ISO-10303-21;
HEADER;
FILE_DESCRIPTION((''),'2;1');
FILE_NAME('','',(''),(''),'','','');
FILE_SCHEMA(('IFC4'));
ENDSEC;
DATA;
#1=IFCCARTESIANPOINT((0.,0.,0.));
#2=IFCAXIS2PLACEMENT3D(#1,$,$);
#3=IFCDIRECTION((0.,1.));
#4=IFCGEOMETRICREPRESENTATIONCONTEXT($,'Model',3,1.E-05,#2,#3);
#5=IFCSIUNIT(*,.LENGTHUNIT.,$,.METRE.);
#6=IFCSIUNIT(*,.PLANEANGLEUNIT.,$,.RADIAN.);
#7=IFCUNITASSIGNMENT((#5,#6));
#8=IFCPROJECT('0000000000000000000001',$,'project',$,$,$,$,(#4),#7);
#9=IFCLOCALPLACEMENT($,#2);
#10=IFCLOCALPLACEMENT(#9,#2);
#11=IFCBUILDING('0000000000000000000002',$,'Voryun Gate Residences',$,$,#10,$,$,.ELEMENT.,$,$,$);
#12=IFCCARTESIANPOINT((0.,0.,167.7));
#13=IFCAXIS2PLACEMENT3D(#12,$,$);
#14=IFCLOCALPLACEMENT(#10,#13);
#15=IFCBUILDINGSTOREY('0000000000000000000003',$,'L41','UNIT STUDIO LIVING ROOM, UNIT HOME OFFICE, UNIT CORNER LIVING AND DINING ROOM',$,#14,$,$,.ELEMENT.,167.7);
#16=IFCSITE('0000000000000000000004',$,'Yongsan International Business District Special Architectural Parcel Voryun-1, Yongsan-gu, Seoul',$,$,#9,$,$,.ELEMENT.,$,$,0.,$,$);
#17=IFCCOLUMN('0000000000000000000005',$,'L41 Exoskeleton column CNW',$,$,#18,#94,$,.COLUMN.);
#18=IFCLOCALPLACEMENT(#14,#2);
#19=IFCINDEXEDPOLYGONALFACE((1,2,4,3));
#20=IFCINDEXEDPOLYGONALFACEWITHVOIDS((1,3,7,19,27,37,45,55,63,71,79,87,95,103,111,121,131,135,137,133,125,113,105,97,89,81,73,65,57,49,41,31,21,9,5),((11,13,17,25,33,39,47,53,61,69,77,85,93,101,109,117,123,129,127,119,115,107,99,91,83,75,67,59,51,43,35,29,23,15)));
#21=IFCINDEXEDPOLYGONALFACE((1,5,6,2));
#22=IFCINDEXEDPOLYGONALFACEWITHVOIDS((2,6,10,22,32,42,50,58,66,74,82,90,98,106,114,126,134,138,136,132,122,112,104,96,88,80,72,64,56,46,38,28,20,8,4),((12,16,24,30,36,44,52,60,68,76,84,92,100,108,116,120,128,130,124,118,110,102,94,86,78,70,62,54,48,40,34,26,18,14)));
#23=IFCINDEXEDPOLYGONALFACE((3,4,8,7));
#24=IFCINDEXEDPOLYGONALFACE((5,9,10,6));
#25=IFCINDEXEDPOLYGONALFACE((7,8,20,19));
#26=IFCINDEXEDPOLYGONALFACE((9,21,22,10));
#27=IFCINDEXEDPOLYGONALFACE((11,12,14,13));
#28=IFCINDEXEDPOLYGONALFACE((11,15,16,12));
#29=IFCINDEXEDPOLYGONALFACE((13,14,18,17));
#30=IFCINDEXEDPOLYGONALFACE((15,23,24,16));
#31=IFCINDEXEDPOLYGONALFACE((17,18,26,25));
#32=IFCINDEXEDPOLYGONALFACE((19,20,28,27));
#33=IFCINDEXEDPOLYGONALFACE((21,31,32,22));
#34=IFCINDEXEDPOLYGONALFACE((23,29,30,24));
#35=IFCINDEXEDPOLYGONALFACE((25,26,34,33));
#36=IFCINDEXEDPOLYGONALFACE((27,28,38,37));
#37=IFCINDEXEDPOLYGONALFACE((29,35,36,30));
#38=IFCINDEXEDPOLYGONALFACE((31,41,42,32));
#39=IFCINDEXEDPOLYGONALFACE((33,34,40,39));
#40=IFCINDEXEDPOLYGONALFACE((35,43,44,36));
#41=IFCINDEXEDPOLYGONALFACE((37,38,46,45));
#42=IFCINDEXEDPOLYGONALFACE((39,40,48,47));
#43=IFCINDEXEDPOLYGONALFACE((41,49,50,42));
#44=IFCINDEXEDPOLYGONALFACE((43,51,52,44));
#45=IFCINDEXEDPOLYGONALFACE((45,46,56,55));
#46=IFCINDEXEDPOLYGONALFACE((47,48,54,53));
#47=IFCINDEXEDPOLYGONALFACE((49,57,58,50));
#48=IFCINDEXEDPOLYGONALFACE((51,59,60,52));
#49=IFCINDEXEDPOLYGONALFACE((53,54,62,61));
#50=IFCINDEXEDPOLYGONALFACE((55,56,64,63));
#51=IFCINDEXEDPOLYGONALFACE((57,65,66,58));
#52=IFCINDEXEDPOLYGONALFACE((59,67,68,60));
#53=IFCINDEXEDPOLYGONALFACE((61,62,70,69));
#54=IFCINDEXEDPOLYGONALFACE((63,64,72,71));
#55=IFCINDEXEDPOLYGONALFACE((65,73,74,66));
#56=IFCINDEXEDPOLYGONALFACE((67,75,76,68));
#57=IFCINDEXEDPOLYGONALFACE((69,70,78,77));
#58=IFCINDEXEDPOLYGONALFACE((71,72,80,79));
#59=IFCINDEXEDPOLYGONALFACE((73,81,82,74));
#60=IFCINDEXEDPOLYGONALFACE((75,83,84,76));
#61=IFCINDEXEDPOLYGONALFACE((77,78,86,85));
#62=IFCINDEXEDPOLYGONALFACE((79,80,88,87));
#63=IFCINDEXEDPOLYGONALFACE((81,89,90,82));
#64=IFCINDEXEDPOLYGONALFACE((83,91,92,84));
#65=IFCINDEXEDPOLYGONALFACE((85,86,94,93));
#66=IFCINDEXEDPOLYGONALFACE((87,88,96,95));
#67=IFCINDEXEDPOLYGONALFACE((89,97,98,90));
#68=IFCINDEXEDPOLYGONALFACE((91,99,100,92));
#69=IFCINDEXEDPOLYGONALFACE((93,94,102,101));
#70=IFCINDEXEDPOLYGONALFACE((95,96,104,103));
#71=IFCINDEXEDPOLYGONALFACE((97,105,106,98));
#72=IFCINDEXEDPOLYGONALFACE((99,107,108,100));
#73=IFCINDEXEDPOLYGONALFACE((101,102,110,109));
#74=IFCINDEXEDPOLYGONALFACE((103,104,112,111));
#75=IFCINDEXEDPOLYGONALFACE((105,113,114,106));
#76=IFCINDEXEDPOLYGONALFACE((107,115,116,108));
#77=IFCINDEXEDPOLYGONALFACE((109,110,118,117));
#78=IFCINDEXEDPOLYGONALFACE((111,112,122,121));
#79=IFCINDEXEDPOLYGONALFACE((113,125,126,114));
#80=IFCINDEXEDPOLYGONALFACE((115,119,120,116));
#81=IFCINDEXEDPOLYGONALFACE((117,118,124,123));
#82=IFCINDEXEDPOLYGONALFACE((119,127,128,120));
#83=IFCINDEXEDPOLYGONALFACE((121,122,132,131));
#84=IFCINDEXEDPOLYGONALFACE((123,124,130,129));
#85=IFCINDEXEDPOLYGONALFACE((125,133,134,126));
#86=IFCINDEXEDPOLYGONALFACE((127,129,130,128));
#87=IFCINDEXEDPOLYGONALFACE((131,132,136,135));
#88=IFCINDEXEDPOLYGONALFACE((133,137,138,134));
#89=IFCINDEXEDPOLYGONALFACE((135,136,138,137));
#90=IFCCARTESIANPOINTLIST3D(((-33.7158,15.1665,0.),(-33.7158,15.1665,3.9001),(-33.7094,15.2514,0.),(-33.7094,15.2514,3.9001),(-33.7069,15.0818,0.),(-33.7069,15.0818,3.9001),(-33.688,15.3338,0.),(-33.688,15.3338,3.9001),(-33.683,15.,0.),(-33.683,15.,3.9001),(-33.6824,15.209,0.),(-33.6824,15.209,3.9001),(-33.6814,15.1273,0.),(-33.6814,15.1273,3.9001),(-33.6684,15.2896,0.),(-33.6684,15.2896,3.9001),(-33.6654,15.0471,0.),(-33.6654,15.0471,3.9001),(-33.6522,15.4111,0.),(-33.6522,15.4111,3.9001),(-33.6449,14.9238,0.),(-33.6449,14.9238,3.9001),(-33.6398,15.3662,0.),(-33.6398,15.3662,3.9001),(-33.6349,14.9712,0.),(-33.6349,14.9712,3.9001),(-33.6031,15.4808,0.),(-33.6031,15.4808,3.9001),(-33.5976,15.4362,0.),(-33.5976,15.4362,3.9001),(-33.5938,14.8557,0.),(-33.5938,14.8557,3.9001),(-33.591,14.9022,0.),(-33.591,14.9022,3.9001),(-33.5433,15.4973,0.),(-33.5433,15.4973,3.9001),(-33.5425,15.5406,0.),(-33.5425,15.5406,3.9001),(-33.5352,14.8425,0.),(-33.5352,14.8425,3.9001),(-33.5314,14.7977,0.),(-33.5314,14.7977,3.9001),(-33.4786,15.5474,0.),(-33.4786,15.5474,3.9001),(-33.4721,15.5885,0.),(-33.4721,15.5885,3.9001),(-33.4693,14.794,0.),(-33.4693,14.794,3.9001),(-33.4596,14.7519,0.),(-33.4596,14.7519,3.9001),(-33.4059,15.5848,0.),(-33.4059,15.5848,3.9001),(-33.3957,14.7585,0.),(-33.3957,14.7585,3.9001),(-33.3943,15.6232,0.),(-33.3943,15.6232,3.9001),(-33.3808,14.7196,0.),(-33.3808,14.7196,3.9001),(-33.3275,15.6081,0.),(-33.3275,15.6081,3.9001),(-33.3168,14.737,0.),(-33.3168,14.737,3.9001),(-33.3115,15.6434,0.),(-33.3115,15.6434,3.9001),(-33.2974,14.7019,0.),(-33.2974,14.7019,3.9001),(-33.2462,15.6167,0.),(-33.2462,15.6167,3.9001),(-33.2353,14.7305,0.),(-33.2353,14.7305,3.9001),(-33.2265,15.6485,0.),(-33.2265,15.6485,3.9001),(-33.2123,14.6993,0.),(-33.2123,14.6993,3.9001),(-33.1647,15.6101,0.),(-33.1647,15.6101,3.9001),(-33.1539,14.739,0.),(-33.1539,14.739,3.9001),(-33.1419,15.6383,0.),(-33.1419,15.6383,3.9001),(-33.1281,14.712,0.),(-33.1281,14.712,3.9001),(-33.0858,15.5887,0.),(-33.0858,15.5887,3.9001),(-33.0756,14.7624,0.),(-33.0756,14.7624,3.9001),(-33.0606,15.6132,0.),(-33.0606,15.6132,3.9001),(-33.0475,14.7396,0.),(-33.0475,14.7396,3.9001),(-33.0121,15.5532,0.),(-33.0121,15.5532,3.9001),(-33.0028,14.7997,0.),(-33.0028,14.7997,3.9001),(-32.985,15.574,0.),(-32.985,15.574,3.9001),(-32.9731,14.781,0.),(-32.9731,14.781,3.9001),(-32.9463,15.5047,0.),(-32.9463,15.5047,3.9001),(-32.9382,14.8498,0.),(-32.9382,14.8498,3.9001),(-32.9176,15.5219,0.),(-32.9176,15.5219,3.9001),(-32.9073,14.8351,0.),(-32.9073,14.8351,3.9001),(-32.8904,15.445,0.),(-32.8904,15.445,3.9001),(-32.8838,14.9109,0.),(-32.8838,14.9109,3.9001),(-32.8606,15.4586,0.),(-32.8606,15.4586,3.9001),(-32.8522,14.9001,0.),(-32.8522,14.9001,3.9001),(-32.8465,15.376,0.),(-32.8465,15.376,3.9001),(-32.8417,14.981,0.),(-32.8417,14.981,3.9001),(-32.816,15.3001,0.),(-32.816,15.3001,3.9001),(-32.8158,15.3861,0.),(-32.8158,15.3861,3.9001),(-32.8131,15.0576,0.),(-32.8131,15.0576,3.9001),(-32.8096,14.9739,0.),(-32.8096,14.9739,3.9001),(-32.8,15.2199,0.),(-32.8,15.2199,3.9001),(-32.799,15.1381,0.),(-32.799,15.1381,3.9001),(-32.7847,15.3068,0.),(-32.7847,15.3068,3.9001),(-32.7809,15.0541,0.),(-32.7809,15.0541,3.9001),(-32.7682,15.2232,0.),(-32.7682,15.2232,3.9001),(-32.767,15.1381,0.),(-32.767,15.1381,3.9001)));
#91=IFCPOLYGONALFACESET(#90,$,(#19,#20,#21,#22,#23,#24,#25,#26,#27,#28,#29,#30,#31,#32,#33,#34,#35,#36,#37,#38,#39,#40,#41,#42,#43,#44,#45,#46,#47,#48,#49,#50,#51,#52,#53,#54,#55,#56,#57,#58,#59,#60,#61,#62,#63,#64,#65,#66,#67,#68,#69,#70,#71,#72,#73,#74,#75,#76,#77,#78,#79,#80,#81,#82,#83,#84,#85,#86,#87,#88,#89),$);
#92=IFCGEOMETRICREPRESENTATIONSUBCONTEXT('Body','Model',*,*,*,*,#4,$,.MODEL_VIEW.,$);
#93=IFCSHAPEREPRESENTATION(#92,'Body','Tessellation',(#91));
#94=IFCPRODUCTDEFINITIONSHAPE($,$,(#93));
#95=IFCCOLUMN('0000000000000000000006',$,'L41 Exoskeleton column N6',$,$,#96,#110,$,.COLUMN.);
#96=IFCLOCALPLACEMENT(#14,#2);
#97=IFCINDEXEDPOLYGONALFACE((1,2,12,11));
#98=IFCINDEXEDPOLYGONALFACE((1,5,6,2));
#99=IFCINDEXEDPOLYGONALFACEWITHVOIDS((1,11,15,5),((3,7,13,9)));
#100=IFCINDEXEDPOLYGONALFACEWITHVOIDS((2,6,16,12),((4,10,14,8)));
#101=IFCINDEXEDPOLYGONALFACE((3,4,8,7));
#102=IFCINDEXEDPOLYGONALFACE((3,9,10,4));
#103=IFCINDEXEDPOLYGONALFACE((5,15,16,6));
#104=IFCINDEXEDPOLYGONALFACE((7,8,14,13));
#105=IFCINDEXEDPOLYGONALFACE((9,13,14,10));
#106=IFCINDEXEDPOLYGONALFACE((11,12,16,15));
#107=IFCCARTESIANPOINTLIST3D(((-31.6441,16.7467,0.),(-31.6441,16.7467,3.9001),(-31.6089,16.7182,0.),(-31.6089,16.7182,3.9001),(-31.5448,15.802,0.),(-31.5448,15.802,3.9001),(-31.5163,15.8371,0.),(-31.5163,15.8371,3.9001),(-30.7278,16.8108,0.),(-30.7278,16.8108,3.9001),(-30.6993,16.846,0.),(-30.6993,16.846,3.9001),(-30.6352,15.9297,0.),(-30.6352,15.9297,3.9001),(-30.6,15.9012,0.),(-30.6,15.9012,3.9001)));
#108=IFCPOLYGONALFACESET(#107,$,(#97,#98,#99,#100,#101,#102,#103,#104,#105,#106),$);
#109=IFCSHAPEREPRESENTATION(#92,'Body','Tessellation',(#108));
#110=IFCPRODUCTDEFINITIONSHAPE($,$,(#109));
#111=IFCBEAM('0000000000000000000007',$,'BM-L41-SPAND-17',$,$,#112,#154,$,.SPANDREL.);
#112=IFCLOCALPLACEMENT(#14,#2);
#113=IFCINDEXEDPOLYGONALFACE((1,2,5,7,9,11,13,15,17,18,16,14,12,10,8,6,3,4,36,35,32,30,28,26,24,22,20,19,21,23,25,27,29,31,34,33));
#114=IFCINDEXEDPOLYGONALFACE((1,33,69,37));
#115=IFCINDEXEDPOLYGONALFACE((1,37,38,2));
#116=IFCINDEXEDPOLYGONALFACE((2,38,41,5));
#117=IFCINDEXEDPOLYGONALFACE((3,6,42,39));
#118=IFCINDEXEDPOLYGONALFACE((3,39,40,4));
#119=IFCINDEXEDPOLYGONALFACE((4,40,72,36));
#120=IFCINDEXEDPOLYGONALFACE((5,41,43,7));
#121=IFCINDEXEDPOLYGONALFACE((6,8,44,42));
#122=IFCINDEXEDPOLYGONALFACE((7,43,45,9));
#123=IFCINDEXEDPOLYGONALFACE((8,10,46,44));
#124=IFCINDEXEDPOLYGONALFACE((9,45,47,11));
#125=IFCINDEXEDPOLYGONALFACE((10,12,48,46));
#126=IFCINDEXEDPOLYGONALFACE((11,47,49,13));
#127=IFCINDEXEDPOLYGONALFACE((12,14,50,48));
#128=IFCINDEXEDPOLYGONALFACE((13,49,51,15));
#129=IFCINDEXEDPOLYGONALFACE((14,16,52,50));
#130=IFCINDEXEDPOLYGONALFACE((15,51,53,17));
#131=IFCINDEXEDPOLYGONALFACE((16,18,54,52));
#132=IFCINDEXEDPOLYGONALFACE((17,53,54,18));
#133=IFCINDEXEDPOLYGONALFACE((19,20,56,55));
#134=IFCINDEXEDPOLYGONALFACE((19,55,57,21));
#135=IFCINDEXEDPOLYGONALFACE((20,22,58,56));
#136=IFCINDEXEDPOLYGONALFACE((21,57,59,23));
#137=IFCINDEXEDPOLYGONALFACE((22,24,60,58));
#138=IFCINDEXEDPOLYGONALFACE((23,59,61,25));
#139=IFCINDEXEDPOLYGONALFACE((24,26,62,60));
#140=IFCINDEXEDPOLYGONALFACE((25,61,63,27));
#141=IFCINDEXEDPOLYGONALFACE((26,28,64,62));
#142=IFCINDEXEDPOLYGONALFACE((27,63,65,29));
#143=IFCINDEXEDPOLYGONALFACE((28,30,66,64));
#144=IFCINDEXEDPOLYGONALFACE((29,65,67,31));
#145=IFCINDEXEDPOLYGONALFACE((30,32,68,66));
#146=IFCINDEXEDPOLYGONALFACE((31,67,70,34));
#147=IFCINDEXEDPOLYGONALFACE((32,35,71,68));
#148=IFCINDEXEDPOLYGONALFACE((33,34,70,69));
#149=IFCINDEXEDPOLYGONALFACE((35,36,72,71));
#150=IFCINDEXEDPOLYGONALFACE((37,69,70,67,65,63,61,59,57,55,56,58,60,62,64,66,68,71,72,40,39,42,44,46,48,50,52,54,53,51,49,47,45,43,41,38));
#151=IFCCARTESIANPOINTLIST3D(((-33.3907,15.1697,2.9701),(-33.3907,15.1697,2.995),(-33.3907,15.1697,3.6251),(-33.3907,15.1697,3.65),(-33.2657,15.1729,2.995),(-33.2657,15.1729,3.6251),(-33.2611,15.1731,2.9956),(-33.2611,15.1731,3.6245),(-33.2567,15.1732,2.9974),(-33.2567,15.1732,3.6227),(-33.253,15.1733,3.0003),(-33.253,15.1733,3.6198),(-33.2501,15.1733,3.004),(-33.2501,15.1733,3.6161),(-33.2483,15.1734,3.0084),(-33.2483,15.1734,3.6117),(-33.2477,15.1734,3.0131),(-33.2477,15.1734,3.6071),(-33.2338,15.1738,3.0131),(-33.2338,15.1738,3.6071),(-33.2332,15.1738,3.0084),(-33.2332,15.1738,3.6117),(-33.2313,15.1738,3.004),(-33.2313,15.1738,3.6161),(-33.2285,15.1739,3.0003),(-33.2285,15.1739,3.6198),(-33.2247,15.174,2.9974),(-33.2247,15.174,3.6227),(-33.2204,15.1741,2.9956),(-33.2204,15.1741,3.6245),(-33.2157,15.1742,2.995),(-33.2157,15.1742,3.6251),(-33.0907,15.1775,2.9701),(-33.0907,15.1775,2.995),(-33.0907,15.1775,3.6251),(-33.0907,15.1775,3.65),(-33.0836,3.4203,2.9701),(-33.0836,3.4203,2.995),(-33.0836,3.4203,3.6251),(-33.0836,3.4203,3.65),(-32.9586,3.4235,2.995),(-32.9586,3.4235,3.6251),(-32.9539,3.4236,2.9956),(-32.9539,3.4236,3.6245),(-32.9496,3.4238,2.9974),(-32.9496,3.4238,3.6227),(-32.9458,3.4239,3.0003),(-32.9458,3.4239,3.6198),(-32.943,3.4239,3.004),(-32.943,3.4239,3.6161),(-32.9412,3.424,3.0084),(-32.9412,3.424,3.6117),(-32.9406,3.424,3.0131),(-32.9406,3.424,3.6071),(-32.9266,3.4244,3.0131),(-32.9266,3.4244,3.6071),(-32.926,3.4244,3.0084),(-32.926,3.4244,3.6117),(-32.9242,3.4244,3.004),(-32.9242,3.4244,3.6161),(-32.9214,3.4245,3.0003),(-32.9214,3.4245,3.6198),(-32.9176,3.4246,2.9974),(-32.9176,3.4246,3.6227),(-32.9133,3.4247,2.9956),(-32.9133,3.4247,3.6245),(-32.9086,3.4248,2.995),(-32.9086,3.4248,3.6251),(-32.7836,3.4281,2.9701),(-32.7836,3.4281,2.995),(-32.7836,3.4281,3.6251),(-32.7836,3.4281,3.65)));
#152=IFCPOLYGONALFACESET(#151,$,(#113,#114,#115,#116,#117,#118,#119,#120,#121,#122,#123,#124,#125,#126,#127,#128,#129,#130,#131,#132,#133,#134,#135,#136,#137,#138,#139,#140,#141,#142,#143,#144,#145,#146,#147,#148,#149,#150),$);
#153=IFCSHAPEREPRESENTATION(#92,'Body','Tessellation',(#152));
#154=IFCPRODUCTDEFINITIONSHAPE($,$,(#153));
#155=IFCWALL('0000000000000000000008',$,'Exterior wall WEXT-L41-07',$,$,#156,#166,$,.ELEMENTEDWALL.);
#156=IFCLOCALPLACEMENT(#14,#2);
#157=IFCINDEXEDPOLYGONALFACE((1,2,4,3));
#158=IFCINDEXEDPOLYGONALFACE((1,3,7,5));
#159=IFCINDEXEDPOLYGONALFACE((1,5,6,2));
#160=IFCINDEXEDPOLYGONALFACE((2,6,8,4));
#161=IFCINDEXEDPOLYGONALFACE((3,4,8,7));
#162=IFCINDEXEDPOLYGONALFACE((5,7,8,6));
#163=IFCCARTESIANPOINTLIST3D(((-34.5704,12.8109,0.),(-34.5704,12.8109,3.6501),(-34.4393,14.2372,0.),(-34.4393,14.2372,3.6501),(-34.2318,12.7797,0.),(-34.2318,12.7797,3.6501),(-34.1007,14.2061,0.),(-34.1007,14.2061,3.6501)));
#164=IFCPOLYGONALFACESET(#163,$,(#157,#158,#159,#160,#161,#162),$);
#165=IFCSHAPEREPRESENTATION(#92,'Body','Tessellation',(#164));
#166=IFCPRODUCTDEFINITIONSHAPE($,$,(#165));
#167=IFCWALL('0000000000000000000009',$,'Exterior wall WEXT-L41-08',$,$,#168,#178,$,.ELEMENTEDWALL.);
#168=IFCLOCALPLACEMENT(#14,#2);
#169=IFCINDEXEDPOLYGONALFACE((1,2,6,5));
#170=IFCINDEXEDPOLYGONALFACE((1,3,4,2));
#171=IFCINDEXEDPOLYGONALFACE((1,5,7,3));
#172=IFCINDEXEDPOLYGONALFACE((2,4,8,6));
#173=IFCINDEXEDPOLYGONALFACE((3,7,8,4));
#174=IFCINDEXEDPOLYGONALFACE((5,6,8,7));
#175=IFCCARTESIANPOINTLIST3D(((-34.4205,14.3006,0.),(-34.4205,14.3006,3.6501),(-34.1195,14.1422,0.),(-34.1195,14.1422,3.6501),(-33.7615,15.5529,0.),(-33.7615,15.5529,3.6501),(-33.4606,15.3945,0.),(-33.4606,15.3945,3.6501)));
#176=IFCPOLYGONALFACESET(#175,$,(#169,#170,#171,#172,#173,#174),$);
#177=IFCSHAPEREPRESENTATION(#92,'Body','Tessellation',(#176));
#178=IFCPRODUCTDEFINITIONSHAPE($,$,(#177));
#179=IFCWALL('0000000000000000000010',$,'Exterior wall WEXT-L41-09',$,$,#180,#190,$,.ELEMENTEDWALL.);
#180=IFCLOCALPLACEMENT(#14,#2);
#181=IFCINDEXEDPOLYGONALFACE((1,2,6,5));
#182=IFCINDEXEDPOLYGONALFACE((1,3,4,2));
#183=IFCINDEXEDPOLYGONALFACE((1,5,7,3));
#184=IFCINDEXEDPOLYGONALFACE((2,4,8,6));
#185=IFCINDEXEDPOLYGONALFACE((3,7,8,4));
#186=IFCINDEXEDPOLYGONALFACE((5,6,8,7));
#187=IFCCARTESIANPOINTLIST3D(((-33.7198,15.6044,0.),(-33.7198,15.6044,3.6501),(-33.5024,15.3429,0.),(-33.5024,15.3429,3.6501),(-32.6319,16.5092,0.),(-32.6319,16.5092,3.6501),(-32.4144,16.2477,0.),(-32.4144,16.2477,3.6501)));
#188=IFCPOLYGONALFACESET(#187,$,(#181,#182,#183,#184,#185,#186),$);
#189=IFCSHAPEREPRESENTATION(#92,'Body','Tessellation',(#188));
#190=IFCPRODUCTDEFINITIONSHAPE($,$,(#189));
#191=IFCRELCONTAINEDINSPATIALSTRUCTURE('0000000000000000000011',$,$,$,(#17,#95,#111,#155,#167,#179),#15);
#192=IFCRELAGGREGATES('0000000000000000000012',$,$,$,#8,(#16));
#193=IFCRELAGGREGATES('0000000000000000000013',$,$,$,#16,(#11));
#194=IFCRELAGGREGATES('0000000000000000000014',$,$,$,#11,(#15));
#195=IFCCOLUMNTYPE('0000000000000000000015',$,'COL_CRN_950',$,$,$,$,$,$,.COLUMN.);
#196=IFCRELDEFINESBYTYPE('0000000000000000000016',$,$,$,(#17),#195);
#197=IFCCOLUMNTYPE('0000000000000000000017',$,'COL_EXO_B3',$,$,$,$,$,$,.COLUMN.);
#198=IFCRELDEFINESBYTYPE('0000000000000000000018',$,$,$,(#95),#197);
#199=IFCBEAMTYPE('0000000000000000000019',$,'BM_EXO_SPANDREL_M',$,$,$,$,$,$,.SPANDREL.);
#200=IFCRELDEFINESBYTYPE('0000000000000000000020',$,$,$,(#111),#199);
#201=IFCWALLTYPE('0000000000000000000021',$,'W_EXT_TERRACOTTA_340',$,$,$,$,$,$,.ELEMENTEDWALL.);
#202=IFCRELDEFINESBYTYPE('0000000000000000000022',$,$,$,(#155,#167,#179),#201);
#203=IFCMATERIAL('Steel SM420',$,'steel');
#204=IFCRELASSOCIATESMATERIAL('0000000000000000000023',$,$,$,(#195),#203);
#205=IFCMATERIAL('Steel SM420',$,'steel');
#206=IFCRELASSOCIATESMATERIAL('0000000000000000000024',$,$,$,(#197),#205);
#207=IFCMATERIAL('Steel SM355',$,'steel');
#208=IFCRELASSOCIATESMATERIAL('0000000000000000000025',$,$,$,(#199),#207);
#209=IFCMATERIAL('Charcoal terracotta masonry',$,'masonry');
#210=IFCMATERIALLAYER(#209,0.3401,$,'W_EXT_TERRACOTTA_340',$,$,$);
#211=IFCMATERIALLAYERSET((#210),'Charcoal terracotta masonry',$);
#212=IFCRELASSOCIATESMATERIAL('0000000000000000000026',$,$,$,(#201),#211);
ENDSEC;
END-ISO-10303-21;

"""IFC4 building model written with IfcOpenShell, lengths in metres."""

from ifc_helpers import new_model, si_unit, direction, frame, frame_2d, origin, origin_2d, place, context, subcontext, project, spatial, rectangle, hollow_rectangle, hollow_circle, i_section, extrude, material, layer, layer_set, material_profile, profile_set, type_object, element, save


model = new_model("IFC4")

# Units and contexts
model_context = context("Model", 3, precision=1e-05, world=origin(), true_north=direction((0.0, 1.0)))
body_context = subcontext(model_context, "Body", "Model", "MODEL_VIEW")
ifc_project = project(units=[si_unit("LENGTHUNIT", "METRE"), si_unit("PLANEANGLEUNIT", "RADIAN")], contexts=[model_context])

# Site, building, storey
site_placement = place(None, origin())
site = spatial("IfcSite", under=ifc_project, at=site_placement, Name="Yongsan International Business District Special Architectural Parcel Voryun-1, Yongsan-gu, Seoul", CompositionType="ELEMENT", RefElevation=0.0)
building_placement = place(site_placement, origin())
building = spatial("IfcBuilding", under=site, at=building_placement, Name="Voryun Gate Residences", CompositionType="ELEMENT")
storey_placement = place(building_placement, frame((0.0, 0.0, 167.7)))
storey = spatial("IfcBuildingStorey", under=building, at=storey_placement, Name="L41", Description="UNIT STUDIO LIVING ROOM, UNIT HOME OFFICE, UNIT CORNER LIVING AND DINING ROOM", CompositionType="ELEMENT", Elevation=167.7)

# Columns
ifc_material_1 = material(Name="Steel SM420", Category="steel")
ifc_material_profile_1 = material_profile(ifc_material_1, hollow_circle(Radius=0.4751, WallThickness=0.032, at=origin_2d()), Name="CHS-950x32")
ifc_profile_set_1 = profile_set([ifc_material_profile_1], Name="Steel SM420")
column_type_1 = type_object("IfcColumnType", Name="COL_CRN_950", PredefinedType="COLUMN", material=ifc_profile_set_1)
column_1_placement = place(storey_placement, frame((-33.2407, 15.1736, 0.0), z_axis=(0.0, 0.0, 1.0), x_axis=(0.994522, 0.104528, 0.0)))
element("IfcColumn", 1, at=column_1_placement, inside=storey, type_object=column_type_1, Name="L41 Exoskeleton column CNW", PredefinedType="COLUMN", context=body_context, shape_type="SweptSolid", body=[
    extrude(hollow_circle(Radius=0.4751, WallThickness=0.032, at=origin_2d()), origin(), (0.0, 0.0, 1.0), 3.9001),
])
ifc_material_2 = material(Name="Steel SM420", Category="steel")
ifc_material_profile_2 = material_profile(ifc_material_2, hollow_rectangle(XDim=0.95, YDim=0.95, WallThickness=0.032, at=origin_2d()), Name="BOX-950x950x32")
ifc_profile_set_2 = profile_set([ifc_material_profile_2], Name="Steel SM420")
column_type_2 = type_object("IfcColumnType", Name="COL_EXO_B3", PredefinedType="COLUMN", material=ifc_profile_set_2)
column_2_placement = place(storey_placement, frame((-31.1221, 16.324, 0.0), z_axis=(0.0, 0.0, 1.0), x_axis=(0.994522, 0.104528, 0.0)))
element("IfcColumn", 2, at=column_2_placement, inside=storey, type_object=column_type_2, Name="L41 Exoskeleton column N6", PredefinedType="COLUMN", context=body_context, shape_type="SweptSolid", body=[
    extrude(hollow_rectangle(XDim=0.95, YDim=0.95, WallThickness=0.032, at=origin_2d()), origin(), (0.0, 0.0, 1.0), 3.9001),
])

# Beam
ifc_material_3 = material(Name="Steel SM355", Category="steel")
ifc_material_profile_3 = material_profile(ifc_material_3, i_section(OverallWidth=0.3, OverallDepth=0.6799, WebThickness=0.0139, FlangeThickness=0.0249, FilletRadius=0.0181, at=origin_2d()), Name="H-680x300x14x25")
ifc_profile_set_3 = profile_set([ifc_material_profile_3], Name="Steel SM355")
beam_type = type_object("IfcBeamType", Name="BM_EXO_SPANDREL_M", PredefinedType="SPANDREL", material=ifc_profile_set_3)
beam_placement = place(storey_placement, frame((-33.2407, 15.1736, 3.3101), z_axis=(0.026131, -0.999659, 0.0), x_axis=(0.999659, 0.026131, 0.0)))
element("IfcBeam", 3, at=beam_placement, inside=storey, type_object=beam_type, Name="BM-L41-SPAND-17", PredefinedType="SPANDREL", context=body_context, shape_type="SweptSolid", body=[
    extrude(i_section(OverallWidth=0.3, OverallDepth=0.6799, WebThickness=0.0139, FlangeThickness=0.0249, FilletRadius=0.0181, at=origin_2d()), origin(), (0.0, 0.0, 1.0), 11.7534),
])

# Walls
ifc_material_4 = material(Name="Charcoal terracotta masonry", Category="masonry")
ifc_layer_1 = layer(ifc_material_4, 0.3401, Name="W_EXT_TERRACOTTA_340")
ifc_layer_set_1 = layer_set([ifc_layer_1], Name="Charcoal terracotta masonry")
wall_type_1 = type_object("IfcWallType", Name="W_EXT_TERRACOTTA_340", PredefinedType="ELEMENTEDWALL", material=ifc_layer_set_1)
wall_1_placement = place(storey_placement, frame((-34.4011, 12.7952, 0.0), z_axis=(0.0, 0.0, 1.0), x_axis=(0.091535, 0.995802, 0.0)))
element("IfcWall", 4, at=wall_1_placement, inside=storey, type_object=wall_type_1, Name="Exterior wall WEXT-L41-07", PredefinedType="ELEMENTEDWALL", context=body_context, shape_type="SweptSolid", body=[
    extrude(rectangle(XDim=1.4324, YDim=0.3401, at=frame_2d((0.7163, 0.0))), origin(), (0.0, 0.0, 1.0), 3.6501),
])
for number, where, z_axis, x_axis, name in (
    (5, (-34.27, 14.2214, 0.0), (0.0, 0.0, 1.0), (0.465682, 0.884952, 0.0), "Exterior wall WEXT-L41-08"),
    (6, (-33.6111, 15.4736, 0.0), (0.0, 0.0, 1.0), (0.768843, 0.639437, 0.0), "Exterior wall WEXT-L41-09"),
):
    element("IfcWall", number, at=place(storey_placement, frame(where, z_axis=z_axis, x_axis=x_axis)), inside=storey, type_object=wall_type_1, Name=name, PredefinedType="ELEMENTEDWALL", context=body_context, shape_type="SweptSolid", body=[
        extrude(rectangle(XDim=1.415, YDim=0.3401, at=frame_2d((0.7075, 0.0))), origin(), (0.0, 0.0, 1.0), 3.6501),
    ])

save(model, "model.ifc")
